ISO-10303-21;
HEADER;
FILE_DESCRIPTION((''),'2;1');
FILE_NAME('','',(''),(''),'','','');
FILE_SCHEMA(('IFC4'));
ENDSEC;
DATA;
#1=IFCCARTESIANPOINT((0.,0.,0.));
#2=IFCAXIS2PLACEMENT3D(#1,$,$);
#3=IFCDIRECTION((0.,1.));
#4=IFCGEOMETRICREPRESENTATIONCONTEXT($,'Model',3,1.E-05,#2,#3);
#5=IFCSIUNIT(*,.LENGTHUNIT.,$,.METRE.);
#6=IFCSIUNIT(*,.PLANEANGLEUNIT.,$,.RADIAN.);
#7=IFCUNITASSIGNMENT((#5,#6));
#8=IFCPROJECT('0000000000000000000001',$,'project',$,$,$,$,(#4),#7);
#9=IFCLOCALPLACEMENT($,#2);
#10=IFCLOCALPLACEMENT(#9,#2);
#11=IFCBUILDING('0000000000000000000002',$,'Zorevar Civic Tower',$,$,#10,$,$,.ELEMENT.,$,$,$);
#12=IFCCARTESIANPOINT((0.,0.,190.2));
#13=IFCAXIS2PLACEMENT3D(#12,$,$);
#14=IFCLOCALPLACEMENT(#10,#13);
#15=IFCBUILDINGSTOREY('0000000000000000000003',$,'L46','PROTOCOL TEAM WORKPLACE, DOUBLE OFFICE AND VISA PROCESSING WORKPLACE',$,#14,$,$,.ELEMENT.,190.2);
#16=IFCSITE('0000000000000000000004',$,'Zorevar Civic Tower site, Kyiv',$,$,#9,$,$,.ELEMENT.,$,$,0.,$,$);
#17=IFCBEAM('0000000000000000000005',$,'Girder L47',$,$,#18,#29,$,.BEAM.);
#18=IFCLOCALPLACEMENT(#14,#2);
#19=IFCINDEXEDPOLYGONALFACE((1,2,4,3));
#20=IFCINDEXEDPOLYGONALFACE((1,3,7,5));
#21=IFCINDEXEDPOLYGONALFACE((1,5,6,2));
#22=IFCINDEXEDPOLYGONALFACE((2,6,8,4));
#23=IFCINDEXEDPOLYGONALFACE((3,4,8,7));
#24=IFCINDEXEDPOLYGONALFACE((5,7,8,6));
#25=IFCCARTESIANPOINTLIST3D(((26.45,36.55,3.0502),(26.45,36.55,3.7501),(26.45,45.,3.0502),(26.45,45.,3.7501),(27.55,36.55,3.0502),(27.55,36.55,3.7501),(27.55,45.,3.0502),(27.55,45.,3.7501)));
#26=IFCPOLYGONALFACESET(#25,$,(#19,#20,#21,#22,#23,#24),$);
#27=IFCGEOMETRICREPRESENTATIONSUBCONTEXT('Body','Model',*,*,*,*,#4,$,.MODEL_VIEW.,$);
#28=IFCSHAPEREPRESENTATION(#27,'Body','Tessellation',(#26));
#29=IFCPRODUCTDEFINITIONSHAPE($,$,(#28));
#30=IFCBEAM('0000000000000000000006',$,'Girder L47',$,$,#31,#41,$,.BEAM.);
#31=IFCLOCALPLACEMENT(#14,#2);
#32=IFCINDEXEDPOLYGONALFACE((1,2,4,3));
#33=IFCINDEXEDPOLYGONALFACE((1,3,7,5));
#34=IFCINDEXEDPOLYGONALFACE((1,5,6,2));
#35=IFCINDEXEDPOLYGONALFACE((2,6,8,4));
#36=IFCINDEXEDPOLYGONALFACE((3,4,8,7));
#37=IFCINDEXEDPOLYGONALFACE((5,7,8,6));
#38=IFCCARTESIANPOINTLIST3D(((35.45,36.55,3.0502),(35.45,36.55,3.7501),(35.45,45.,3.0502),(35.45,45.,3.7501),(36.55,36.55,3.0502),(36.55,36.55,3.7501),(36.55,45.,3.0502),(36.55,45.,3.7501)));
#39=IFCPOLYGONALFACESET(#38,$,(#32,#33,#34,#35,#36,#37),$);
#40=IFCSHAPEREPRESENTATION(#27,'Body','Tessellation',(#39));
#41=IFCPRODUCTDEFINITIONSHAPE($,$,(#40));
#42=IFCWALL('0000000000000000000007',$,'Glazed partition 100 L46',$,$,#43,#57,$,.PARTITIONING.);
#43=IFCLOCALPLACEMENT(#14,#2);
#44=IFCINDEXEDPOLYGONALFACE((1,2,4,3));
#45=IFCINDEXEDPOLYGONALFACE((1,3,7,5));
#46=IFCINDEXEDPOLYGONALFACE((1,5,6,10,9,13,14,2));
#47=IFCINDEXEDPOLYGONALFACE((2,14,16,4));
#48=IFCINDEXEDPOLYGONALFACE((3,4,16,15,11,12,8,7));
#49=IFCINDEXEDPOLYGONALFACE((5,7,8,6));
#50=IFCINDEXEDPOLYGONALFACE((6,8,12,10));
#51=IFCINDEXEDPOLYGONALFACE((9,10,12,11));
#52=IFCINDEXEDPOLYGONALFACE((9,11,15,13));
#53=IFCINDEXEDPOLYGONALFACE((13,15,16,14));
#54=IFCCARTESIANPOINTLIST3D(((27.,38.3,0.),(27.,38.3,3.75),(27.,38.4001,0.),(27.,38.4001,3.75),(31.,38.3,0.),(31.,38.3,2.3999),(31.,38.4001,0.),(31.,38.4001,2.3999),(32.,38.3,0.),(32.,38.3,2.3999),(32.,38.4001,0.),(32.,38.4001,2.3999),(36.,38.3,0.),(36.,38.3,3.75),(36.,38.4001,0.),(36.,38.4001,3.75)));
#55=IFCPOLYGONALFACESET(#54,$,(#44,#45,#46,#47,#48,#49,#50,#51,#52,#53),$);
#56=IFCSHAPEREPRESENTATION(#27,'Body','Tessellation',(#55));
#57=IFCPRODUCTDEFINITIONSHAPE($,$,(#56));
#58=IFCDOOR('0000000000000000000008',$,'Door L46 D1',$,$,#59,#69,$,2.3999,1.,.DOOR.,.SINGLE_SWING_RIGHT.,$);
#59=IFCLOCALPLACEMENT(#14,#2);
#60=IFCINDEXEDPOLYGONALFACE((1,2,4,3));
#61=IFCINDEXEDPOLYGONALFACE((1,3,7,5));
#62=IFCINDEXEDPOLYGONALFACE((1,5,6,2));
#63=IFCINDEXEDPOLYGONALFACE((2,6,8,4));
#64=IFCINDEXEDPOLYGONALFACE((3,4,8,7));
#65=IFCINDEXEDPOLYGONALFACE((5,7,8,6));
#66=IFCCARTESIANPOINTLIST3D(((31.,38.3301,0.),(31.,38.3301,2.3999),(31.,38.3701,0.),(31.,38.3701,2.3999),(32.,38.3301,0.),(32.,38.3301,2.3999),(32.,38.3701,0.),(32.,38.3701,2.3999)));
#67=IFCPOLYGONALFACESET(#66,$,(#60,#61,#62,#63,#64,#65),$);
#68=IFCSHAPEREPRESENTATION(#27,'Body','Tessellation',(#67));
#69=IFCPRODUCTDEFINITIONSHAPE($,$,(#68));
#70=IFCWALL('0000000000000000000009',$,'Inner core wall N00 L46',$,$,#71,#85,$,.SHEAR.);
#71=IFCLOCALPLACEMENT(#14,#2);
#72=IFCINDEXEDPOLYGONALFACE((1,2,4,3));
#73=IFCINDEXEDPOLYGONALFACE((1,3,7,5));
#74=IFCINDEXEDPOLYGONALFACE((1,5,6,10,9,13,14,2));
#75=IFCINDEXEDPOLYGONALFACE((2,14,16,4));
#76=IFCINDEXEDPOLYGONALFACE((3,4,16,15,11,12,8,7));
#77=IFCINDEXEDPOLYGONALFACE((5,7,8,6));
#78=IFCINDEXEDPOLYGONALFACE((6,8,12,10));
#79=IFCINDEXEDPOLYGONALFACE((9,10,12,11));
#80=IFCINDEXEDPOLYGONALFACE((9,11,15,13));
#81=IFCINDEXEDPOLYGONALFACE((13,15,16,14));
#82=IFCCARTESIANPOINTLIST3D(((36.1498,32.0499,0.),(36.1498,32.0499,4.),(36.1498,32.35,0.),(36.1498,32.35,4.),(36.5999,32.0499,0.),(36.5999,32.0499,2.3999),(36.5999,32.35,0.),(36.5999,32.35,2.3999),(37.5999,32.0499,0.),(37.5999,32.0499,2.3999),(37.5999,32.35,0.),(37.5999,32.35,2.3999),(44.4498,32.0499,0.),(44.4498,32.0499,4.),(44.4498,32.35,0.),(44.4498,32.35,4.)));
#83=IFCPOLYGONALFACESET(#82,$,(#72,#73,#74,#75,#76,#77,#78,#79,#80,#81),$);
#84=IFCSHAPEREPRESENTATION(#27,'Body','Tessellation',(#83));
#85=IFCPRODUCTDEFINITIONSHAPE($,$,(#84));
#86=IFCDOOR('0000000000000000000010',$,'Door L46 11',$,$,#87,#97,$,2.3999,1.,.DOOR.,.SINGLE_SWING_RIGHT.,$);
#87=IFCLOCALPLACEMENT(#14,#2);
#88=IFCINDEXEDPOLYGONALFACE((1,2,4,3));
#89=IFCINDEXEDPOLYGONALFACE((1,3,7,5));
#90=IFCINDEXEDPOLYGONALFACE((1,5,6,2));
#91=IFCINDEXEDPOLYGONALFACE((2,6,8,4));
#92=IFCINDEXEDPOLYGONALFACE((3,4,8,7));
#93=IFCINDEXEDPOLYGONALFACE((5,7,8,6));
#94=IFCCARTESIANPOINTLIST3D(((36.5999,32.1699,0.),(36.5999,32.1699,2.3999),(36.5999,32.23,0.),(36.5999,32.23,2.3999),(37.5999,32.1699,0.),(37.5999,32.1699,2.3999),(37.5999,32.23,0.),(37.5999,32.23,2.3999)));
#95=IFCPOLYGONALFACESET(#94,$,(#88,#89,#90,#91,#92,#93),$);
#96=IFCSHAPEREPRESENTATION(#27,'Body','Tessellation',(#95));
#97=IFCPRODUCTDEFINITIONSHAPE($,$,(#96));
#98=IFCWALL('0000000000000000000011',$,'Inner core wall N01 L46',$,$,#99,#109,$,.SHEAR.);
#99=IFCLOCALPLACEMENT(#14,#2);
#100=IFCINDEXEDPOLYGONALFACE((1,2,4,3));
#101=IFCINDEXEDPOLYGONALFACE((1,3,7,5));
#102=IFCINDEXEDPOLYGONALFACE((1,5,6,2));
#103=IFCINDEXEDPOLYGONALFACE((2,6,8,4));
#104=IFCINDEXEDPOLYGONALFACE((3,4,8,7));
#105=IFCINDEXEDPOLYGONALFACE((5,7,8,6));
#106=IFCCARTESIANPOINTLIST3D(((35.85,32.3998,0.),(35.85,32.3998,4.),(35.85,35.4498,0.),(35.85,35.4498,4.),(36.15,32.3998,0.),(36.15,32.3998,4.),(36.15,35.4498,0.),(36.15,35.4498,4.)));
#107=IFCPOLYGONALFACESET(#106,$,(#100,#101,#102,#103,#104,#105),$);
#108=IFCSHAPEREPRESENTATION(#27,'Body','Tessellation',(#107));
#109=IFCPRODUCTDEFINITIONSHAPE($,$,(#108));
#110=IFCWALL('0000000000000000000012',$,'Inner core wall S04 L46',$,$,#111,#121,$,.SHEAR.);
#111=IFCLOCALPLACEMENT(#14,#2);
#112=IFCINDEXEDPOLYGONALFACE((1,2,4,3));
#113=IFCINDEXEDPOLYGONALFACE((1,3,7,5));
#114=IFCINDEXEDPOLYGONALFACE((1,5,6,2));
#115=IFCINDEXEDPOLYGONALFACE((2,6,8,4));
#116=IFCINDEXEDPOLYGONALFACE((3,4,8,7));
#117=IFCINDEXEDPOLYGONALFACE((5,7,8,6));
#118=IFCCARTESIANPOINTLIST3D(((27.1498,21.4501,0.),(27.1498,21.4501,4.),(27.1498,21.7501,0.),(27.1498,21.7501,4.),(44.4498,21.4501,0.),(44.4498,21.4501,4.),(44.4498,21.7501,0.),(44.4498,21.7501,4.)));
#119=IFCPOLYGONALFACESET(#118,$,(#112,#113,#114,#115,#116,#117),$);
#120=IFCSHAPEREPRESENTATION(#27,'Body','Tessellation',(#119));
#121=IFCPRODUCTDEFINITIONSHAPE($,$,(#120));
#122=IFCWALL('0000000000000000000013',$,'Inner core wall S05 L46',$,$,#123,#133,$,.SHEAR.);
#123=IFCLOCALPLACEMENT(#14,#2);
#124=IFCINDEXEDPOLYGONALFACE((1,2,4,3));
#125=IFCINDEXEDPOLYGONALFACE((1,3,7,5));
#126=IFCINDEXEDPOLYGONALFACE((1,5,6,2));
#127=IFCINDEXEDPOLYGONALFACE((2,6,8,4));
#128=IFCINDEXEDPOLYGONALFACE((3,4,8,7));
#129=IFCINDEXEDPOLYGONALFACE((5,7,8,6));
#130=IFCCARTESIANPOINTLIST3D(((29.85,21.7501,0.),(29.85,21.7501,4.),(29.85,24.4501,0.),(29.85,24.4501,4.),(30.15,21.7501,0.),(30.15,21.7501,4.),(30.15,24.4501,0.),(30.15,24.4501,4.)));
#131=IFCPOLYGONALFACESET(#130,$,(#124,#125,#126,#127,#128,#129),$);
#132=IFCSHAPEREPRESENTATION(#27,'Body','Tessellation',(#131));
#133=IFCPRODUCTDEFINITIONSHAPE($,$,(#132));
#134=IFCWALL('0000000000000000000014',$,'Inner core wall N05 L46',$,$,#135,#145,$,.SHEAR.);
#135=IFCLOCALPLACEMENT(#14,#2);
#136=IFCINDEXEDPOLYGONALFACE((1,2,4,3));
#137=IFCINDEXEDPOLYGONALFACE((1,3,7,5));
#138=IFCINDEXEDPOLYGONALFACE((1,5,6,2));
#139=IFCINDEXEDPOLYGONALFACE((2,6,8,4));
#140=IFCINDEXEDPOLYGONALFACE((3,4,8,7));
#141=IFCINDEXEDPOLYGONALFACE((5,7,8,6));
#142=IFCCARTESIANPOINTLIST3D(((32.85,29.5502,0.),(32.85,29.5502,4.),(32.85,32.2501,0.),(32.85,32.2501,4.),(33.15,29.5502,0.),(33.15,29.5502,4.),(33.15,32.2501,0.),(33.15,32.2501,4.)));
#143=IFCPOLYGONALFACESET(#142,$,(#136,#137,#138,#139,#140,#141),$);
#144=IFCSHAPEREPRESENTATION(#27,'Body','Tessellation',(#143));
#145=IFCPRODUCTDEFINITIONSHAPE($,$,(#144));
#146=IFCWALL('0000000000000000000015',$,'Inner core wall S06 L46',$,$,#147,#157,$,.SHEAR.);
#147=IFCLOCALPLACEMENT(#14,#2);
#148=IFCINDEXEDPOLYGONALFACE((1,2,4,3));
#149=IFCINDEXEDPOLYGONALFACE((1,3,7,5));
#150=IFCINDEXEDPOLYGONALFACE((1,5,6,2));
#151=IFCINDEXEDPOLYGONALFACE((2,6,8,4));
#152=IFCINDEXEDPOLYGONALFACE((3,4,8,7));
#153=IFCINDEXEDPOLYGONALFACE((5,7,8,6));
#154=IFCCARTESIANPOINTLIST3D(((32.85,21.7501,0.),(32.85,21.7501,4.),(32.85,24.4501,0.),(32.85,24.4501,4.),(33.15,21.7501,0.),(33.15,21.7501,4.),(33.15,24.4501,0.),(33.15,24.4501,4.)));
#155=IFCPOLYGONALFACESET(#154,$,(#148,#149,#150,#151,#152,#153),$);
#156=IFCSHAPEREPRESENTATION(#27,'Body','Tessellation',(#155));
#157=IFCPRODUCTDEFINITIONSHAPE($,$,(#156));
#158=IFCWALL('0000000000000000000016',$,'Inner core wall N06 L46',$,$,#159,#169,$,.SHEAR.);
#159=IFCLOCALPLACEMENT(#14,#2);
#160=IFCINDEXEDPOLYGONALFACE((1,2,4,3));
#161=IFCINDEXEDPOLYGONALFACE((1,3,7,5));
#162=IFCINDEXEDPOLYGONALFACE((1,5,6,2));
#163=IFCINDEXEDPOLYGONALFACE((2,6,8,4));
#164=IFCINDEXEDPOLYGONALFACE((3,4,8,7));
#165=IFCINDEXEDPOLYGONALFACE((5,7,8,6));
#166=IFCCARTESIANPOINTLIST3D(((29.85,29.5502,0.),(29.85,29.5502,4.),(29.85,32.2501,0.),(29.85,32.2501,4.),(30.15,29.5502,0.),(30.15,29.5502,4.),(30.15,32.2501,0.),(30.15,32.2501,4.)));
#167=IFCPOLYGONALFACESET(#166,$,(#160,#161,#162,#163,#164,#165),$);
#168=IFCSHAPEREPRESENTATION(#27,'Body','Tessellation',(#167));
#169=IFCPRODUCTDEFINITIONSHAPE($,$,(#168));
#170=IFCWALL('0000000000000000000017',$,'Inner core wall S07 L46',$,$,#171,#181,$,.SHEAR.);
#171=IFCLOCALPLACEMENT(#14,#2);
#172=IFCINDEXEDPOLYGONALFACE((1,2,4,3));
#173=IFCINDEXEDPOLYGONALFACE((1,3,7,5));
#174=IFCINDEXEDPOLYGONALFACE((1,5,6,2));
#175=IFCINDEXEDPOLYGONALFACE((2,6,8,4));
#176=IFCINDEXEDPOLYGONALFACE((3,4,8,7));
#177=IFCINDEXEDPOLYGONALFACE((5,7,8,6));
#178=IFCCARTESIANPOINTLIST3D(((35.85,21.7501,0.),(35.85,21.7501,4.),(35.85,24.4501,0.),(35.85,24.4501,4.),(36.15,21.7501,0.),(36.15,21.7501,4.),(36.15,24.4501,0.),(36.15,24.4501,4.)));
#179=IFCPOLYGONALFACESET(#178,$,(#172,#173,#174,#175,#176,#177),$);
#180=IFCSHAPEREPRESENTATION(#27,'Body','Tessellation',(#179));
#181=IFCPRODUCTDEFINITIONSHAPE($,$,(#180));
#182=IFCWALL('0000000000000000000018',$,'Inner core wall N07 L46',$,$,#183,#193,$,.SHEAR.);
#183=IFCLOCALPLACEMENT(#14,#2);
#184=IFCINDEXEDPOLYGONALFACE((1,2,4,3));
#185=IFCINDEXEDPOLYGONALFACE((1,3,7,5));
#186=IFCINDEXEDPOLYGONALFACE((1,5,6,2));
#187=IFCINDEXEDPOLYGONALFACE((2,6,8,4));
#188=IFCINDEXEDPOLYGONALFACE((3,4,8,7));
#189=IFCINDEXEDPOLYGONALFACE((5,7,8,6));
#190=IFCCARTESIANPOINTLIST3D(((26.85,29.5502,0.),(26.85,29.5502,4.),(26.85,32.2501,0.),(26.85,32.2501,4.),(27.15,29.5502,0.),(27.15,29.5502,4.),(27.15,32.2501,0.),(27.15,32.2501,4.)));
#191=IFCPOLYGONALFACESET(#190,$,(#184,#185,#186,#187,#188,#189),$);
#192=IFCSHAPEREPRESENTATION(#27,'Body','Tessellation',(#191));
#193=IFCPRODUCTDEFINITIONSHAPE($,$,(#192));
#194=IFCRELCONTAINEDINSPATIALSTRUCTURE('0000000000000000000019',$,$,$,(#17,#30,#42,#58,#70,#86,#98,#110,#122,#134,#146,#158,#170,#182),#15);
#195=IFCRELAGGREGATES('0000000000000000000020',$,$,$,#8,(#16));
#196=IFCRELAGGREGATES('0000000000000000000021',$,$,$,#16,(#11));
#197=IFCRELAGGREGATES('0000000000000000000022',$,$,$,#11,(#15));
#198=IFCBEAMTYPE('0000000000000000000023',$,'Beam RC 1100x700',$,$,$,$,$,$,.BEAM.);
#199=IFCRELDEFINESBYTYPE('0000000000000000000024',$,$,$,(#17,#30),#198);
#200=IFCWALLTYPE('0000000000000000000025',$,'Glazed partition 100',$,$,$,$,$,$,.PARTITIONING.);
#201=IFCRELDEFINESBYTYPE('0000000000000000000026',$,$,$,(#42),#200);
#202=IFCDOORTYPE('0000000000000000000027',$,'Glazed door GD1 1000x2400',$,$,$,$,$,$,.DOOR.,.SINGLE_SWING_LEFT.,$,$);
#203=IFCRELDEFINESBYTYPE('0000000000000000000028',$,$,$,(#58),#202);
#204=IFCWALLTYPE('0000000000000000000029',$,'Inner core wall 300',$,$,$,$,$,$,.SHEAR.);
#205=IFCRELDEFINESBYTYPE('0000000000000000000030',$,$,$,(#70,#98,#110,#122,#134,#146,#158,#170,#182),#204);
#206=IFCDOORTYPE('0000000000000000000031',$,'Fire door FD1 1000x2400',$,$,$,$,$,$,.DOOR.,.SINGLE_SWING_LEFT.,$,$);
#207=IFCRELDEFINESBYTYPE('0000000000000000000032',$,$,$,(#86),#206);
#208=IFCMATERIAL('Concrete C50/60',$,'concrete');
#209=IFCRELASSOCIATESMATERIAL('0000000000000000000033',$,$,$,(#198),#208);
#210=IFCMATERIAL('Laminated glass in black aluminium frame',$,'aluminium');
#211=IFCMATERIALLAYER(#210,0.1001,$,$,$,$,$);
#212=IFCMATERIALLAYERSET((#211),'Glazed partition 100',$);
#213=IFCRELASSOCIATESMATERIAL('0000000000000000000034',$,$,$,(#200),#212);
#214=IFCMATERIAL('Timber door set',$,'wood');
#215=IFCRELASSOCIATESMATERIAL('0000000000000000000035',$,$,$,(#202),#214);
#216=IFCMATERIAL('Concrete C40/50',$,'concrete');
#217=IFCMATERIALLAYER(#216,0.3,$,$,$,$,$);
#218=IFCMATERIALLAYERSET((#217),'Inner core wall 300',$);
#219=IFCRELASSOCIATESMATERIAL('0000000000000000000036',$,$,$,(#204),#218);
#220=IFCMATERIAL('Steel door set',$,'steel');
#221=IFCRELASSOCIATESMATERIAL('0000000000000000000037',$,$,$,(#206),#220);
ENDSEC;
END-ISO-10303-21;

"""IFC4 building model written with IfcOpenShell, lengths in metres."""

from ifc_helpers import new_model, si_unit, direction, frame, frame_2d, origin, origin_2d, place, context, subcontext, project, spatial, rectangle, extrude, material, layer, layer_set, material_profile, profile_set, type_object, element, fill, save


model = new_model("IFC4")

# Units and contexts
model_context = context("Model", 3, precision=1e-05, world=origin(), true_north=direction((0.0, 1.0)))
body_context = subcontext(model_context, "Body", "Model", "MODEL_VIEW")
ifc_project = project(units=[si_unit("LENGTHUNIT", "METRE"), si_unit("PLANEANGLEUNIT", "RADIAN")], contexts=[model_context])

# Site, building, storey
site_placement = place(None, origin())
site = spatial("IfcSite", under=ifc_project, at=site_placement, Name="Zorevar Civic Tower site, Kyiv", CompositionType="ELEMENT", RefElevation=0.0)
building_placement = place(site_placement, origin())
building = spatial("IfcBuilding", under=site, at=building_placement, Name="Zorevar Civic Tower", CompositionType="ELEMENT")
storey_placement = place(building_placement, frame((0.0, 0.0, 190.2)))
storey = spatial("IfcBuildingStorey", under=building, at=storey_placement, Name="L46", Description="PROTOCOL TEAM WORKPLACE, DOUBLE OFFICE AND VISA PROCESSING WORKPLACE", CompositionType="ELEMENT", Elevation=190.2)

# Beams
ifc_material_1 = material(Name="Concrete C50/60", Category="concrete")
ifc_material_profile = material_profile(ifc_material_1, rectangle(XDim=1.1001, YDim=0.7, at=origin_2d()), Name="RC 1100x700")
ifc_profile_set = profile_set([ifc_material_profile], Name="Concrete C50/60")
beam_type = type_object("IfcBeamType", Name="Beam RC 1100x700", PredefinedType="BEAM", material=ifc_profile_set)
for number, where, z_axis, x_axis, name in (
    (1, (27.0, 36.55, 3.4001), (0.0, 1.0, 0.0), (-1.0, 0.0, 0.0), "Girder L47"),
    (2, (36.0, 36.55, 3.4001), (0.0, 1.0, 0.0), (-1.0, 0.0, 0.0), "Girder L47"),
):
    element("IfcBeam", number, at=place(storey_placement, frame(where, z_axis=z_axis, x_axis=x_axis)), inside=storey, type_object=beam_type, Name=name, PredefinedType="BEAM", context=body_context, shape_type="SweptSolid", body=[
        extrude(rectangle(XDim=1.1001, YDim=0.7, at=origin_2d()), origin(), (0.0, 0.0, 1.0), 8.45),
    ])

# Walls, openings, doors
ifc_material_2 = material(Name="Laminated glass in black aluminium frame", Category="aluminium")
ifc_layer_1 = layer(ifc_material_2, 0.1001)
ifc_layer_set_1 = layer_set([ifc_layer_1], Name="Glazed partition 100")
wall_type_1 = type_object("IfcWallType", Name="Glazed partition 100", PredefinedType="PARTITIONING", material=ifc_layer_set_1)
wall_1_placement = place(storey_placement, frame((27.0, 38.3501, 0.0), z_axis=(0.0, 0.0, 1.0), x_axis=(1.0, 0.0, 0.0)))
wall_1 = element("IfcWall", 3, at=wall_1_placement, inside=storey, type_object=wall_type_1, Name="Glazed partition 100 L46", PredefinedType="PARTITIONING", context=body_context, shape_type="SweptSolid", body=[
    extrude(rectangle(XDim=9.0, YDim=0.1001, at=frame_2d((4.5, 0.0))), origin(), (0.0, 0.0, 1.0), 3.75),
])
opening_1_placement = place(wall_1_placement, frame((4.0, 0.0, 0.0)))
opening_1 = element("IfcOpeningElement", 4, at=opening_1_placement, cuts=wall_1, PredefinedType="OPENING", context=body_context, shape_type="SweptSolid", body=[
    extrude(rectangle(XDim=1.0, YDim=2.3999, at=frame_2d((0.5, 1.2))), frame((0.0, 0.0601, 0.0), z_axis=(0.0, -1.0, 0.0), x_axis=(1.0, 0.0, 0.0)), (0.0, 0.0, 1.0), 0.1201),
])
ifc_material_3 = material(Name="Timber door set", Category="wood")
door_type_1 = type_object("IfcDoorType", Name="Glazed door GD1 1000x2400", OperationType="SINGLE_SWING_LEFT", PredefinedType="DOOR", material=ifc_material_3)
door_1_placement = place(opening_1_placement, origin())
door_1 = element("IfcDoor", 5, at=door_1_placement, inside=storey, type_object=door_type_1, Name="Door L46 D1", OperationType="SINGLE_SWING_RIGHT", OverallHeight=2.3999, OverallWidth=1.0, PredefinedType="DOOR", context=body_context, shape_type="SweptSolid", body=[
    extrude(rectangle(XDim=1.0, YDim=2.3999, at=frame_2d((0.5, 1.2))), frame((0.0, 0.02, 0.0), z_axis=(0.0, -1.0, 0.0), x_axis=(1.0, 0.0, 0.0)), (0.0, 0.0, 1.0), 0.04),
])
fill(opening_1, door_1)
ifc_material_4 = material(Name="Concrete C40/50", Category="concrete")
ifc_layer_2 = layer(ifc_material_4, 0.3)
ifc_layer_set_2 = layer_set([ifc_layer_2], Name="Inner core wall 300")
wall_type_2 = type_object("IfcWallType", Name="Inner core wall 300", PredefinedType="SHEAR", material=ifc_layer_set_2)
wall_2_placement = place(storey_placement, frame((36.1499, 32.2, 0.0), z_axis=(0.0, 0.0, 1.0), x_axis=(1.0, 0.0, 0.0)))
wall_2 = element("IfcWall", 6, at=wall_2_placement, inside=storey, type_object=wall_type_2, Name="Inner core wall N00 L46", PredefinedType="SHEAR", context=body_context, shape_type="SweptSolid", body=[
    extrude(rectangle(XDim=8.3, YDim=0.3, at=frame_2d((4.1499, 0.0))), origin(), (0.0, 0.0, 1.0), 4.0),
])
opening_2_placement = place(wall_2_placement, frame((0.45, 0.0, 0.0)))
opening_2 = element("IfcOpeningElement", 7, at=opening_2_placement, cuts=wall_2, PredefinedType="OPENING", context=body_context, shape_type="SweptSolid", body=[
    extrude(rectangle(XDim=1.0, YDim=2.3999, at=frame_2d((0.5, 1.2))), frame((0.0, 0.1599, 0.0), z_axis=(0.0, -1.0, 0.0), x_axis=(1.0, 0.0, 0.0)), (0.0, 0.0, 1.0), 0.3201),
])
ifc_material_5 = material(Name="Steel door set", Category="steel")
door_type_2 = type_object("IfcDoorType", Name="Fire door FD1 1000x2400", OperationType="SINGLE_SWING_LEFT", PredefinedType="DOOR", material=ifc_material_5)
door_2_placement = place(opening_2_placement, origin())
door_2 = element("IfcDoor", 8, at=door_2_placement, inside=storey, type_object=door_type_2, Name="Door L46 11", OperationType="SINGLE_SWING_RIGHT", OverallHeight=2.3999, OverallWidth=1.0, PredefinedType="DOOR", context=body_context, shape_type="SweptSolid", body=[
    extrude(rectangle(XDim=1.0, YDim=2.3999, at=frame_2d((0.5, 1.2))), frame((0.0, 0.03, 0.0), z_axis=(0.0, -1.0, 0.0), x_axis=(1.0, 0.0, 0.0)), (0.0, 0.0, 1.0), 0.0601),
])
fill(opening_2, door_2)

# Walls
wall_3_placement = place(storey_placement, frame((36.0, 32.3999, 0.0), z_axis=(0.0, 0.0, 1.0), x_axis=(0.0, 1.0, 0.0)))
element("IfcWall", 9, at=wall_3_placement, inside=storey, type_object=wall_type_2, Name="Inner core wall N01 L46", PredefinedType="SHEAR", context=body_context, shape_type="SweptSolid", body=[
    extrude(rectangle(XDim=3.05, YDim=0.3, at=frame_2d((1.5249, 0.0))), origin(), (0.0, 0.0, 1.0), 4.0),
])
wall_4_placement = place(storey_placement, frame((27.1499, 21.6001, 0.0), z_axis=(0.0, 0.0, 1.0), x_axis=(1.0, 0.0, 0.0)))
element("IfcWall", 10, at=wall_4_placement, inside=storey, type_object=wall_type_2, Name="Inner core wall S04 L46", PredefinedType="SHEAR", context=body_context, shape_type="SweptSolid", body=[
    extrude(rectangle(XDim=17.3, YDim=0.3, at=frame_2d((8.6499, 0.0))), origin(), (0.0, 0.0, 1.0), 4.0),
])
for number, where, z_axis, x_axis, name in (
    (11, (30.0, 21.75, 0.0), (0.0, 0.0, 1.0), (0.0, 1.0, 0.0), "Inner core wall S05 L46"),
    (12, (33.0, 29.55, 0.0), (0.0, 0.0, 1.0), (0.0, 1.0, 0.0), "Inner core wall N05 L46"),
    (13, (33.0, 21.75, 0.0), (0.0, 0.0, 1.0), (0.0, 1.0, 0.0), "Inner core wall S06 L46"),
    (14, (30.0, 29.55, 0.0), (0.0, 0.0, 1.0), (0.0, 1.0, 0.0), "Inner core wall N06 L46"),
    (15, (36.0, 21.75, 0.0), (0.0, 0.0, 1.0), (0.0, 1.0, 0.0), "Inner core wall S07 L46"),
    (16, (27.0, 29.55, 0.0), (0.0, 0.0, 1.0), (0.0, 1.0, 0.0), "Inner core wall N07 L46"),
):
    element("IfcWall", number, at=place(storey_placement, frame(where, z_axis=z_axis, x_axis=x_axis)), inside=storey, type_object=wall_type_2, Name=name, PredefinedType="SHEAR", context=body_context, shape_type="SweptSolid", body=[
        extrude(rectangle(XDim=2.7, YDim=0.3, at=frame_2d((1.3501, 0.0))), origin(), (0.0, 0.0, 1.0), 4.0),
    ])

save(model, "model.ifc")
